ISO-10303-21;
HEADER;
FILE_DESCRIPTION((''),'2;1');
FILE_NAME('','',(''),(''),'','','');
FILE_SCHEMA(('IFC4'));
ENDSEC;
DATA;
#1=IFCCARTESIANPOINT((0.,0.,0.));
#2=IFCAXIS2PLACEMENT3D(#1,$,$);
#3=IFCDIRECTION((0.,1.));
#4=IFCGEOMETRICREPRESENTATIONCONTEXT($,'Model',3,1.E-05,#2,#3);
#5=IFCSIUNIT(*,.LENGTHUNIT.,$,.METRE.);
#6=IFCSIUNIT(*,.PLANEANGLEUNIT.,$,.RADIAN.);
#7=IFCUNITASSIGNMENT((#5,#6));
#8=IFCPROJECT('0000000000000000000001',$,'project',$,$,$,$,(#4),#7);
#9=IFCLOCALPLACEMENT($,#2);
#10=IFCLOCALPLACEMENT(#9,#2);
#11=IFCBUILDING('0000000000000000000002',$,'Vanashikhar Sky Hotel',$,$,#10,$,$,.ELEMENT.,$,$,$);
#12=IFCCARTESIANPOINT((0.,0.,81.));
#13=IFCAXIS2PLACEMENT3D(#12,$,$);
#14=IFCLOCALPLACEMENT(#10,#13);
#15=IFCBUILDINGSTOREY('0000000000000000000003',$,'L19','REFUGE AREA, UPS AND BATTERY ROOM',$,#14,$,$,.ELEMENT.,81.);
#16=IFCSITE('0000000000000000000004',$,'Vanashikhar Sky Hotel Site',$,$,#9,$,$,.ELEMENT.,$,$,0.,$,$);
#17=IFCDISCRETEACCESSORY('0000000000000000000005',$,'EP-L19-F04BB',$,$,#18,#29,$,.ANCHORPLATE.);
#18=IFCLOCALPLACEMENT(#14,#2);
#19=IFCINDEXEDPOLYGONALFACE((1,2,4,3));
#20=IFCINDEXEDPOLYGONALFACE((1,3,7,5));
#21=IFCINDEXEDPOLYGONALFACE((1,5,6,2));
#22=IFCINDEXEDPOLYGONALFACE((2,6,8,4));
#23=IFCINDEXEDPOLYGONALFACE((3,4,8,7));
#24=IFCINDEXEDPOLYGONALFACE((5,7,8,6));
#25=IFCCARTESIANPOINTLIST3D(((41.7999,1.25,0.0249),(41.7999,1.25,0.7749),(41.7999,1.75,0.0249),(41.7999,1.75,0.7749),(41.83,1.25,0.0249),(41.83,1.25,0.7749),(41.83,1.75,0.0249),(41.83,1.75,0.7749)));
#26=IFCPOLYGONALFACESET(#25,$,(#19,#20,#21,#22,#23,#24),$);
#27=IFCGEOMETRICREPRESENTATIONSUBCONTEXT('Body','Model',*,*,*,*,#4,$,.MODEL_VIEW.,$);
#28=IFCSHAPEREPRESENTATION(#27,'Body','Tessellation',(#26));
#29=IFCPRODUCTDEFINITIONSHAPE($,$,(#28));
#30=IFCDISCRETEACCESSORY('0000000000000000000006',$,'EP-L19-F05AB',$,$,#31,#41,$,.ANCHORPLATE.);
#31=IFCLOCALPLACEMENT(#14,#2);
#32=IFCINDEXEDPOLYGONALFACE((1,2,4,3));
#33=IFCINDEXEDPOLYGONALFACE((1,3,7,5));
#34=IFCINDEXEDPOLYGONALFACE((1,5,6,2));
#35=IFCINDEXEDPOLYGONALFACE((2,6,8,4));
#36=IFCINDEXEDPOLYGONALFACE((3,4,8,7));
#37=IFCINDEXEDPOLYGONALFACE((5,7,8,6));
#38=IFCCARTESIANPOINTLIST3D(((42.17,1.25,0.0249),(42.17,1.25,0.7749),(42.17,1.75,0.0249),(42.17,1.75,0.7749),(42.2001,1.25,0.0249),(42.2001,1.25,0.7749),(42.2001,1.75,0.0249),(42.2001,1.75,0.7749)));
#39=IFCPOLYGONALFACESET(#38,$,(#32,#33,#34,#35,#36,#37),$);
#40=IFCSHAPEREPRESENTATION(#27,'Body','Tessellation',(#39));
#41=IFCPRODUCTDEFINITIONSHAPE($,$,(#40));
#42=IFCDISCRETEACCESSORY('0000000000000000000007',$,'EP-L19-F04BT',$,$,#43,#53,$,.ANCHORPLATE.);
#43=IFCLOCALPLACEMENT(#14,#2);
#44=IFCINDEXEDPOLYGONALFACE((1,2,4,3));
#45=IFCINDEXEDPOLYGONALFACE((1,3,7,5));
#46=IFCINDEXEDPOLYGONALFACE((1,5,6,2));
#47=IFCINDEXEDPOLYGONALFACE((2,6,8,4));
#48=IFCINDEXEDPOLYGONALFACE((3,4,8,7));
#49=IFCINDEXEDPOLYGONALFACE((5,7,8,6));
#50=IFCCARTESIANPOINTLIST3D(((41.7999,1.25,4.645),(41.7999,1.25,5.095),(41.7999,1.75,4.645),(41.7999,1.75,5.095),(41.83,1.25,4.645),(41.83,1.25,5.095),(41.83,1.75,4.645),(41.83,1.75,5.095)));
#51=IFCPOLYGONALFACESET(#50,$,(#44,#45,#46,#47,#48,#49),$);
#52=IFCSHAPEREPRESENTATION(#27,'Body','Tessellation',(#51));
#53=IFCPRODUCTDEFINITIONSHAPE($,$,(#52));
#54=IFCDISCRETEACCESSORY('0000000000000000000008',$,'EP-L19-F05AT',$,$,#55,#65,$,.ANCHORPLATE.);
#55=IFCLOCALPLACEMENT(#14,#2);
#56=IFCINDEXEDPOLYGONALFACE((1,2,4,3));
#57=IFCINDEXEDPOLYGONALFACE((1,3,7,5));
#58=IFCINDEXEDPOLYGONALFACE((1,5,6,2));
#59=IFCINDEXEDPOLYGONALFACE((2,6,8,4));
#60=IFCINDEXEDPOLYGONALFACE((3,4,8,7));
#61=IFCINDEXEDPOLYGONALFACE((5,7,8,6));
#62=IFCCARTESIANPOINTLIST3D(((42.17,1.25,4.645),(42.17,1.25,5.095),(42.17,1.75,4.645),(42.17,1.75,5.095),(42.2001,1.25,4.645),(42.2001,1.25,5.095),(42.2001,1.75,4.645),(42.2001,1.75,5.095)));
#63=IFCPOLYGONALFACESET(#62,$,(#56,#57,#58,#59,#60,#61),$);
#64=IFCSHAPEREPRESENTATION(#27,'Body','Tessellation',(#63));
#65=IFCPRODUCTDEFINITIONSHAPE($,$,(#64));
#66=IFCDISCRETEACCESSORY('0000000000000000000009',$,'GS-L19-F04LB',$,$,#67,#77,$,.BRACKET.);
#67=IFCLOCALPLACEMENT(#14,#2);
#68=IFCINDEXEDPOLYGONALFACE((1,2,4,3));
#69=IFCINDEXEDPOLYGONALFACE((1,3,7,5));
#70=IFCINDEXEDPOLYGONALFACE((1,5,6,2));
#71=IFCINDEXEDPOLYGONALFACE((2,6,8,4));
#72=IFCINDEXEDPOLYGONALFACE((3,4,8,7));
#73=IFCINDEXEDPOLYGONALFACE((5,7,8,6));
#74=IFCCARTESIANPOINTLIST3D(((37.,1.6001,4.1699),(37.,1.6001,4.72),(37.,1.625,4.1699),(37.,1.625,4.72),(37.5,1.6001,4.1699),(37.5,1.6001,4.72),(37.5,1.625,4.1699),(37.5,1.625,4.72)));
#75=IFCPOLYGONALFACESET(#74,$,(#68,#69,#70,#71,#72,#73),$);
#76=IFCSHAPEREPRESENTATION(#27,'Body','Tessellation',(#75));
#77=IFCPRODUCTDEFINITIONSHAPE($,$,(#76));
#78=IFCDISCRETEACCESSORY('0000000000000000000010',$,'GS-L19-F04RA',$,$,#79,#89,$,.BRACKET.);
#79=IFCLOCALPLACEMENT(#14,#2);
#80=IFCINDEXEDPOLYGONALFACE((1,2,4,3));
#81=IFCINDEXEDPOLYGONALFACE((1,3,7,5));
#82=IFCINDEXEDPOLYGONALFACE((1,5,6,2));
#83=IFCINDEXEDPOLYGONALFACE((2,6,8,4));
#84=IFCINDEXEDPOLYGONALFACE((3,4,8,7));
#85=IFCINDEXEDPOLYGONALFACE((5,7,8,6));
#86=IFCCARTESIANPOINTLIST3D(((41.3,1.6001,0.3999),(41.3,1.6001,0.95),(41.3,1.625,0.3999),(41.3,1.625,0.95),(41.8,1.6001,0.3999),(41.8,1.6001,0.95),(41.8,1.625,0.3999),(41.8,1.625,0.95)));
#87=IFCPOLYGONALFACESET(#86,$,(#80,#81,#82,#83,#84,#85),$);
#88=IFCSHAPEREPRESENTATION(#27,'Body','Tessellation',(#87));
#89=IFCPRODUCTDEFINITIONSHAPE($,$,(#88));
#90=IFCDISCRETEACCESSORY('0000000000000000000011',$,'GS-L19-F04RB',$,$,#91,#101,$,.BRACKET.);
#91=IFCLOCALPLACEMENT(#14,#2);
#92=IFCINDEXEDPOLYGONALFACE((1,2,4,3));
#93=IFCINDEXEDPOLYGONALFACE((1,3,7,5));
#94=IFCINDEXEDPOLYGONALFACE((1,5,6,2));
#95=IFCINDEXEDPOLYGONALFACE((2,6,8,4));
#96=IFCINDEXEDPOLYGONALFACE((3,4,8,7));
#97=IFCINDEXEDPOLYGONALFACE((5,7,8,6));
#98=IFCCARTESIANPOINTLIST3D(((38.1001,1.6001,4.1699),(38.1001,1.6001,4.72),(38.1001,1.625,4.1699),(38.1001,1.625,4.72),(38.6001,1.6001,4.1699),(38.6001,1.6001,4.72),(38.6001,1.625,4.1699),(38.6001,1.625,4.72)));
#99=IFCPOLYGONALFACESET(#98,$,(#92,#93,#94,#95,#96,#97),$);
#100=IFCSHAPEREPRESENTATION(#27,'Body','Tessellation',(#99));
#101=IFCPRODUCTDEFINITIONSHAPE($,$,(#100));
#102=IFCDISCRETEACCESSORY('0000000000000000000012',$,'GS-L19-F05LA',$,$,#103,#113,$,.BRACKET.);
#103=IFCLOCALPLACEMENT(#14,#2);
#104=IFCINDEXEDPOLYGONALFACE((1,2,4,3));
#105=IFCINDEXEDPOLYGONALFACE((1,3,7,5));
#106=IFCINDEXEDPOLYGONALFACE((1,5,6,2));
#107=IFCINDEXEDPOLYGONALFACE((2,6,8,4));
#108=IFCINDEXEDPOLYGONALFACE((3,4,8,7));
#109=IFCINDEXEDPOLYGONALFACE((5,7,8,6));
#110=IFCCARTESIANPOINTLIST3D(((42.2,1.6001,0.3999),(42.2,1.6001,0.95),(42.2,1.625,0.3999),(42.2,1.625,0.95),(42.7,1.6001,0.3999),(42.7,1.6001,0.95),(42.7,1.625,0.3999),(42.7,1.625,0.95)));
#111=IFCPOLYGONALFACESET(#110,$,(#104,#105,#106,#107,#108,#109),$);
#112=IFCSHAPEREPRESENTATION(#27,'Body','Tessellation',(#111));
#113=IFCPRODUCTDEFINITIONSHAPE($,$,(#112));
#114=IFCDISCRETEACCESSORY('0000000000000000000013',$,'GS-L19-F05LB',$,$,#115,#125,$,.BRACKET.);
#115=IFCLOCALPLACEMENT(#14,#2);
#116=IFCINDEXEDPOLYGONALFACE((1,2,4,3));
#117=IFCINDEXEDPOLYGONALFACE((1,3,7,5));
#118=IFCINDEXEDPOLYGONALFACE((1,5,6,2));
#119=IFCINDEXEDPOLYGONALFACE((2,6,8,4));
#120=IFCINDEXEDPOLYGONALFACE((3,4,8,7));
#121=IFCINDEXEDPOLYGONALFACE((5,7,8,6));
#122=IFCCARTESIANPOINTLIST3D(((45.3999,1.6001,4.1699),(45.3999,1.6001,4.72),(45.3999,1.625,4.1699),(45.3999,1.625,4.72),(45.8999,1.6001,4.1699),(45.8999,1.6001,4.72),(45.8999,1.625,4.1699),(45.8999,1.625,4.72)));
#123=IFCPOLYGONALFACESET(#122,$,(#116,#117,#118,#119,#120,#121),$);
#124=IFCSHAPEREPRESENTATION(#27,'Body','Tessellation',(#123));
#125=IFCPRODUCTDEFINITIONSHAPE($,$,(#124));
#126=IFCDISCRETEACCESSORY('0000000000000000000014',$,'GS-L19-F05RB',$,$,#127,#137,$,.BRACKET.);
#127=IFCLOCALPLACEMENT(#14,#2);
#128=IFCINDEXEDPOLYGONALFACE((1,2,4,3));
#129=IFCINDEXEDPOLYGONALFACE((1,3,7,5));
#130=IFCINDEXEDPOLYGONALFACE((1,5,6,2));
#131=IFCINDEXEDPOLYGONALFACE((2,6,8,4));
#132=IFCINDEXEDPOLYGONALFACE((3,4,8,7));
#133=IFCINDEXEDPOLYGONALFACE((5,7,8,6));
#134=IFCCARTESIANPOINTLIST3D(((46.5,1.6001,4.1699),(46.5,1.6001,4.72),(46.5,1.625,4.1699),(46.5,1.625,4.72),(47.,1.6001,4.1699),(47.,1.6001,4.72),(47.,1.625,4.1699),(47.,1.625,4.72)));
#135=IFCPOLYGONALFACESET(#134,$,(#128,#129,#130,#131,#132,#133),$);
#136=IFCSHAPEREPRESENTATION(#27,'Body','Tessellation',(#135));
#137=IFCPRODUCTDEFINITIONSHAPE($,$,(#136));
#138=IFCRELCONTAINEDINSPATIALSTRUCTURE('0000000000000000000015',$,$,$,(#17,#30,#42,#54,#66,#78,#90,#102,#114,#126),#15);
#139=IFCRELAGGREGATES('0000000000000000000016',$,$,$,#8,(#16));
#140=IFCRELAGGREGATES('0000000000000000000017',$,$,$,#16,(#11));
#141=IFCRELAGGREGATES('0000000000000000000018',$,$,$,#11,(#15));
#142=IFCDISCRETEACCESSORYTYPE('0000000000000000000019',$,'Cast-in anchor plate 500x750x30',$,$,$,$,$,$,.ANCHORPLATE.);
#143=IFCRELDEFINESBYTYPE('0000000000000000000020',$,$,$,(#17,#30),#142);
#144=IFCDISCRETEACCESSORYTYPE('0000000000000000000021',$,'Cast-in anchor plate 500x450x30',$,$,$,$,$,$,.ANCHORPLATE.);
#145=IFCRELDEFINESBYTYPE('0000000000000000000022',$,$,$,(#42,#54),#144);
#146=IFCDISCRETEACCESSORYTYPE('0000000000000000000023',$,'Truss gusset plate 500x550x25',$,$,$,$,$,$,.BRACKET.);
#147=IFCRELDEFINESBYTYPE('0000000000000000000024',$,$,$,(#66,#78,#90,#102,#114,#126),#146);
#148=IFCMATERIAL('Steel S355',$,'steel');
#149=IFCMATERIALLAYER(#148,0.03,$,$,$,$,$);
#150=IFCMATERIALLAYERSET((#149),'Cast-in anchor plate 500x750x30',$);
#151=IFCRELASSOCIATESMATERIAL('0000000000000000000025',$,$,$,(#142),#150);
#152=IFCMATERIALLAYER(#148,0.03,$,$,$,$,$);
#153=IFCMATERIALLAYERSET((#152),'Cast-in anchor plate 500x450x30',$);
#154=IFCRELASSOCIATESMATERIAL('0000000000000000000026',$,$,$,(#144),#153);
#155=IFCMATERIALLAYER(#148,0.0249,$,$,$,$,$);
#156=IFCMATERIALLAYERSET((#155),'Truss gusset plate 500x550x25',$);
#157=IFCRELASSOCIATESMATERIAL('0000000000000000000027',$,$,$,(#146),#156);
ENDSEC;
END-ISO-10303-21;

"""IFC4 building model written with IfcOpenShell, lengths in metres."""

from ifc_helpers import new_model, si_unit, direction, frame, origin, origin_2d, place, context, subcontext, project, spatial, rectangle, extrude, source, transform, mapped, material, layer, layer_set, type_object, element, save


model = new_model("IFC4")

# Units and contexts
model_context = context("Model", 3, precision=1e-05, world=origin(), true_north=direction((0.0, 1.0)))
body_context = subcontext(model_context, "Body", "Model", "MODEL_VIEW")
ifc_project = project(units=[si_unit("LENGTHUNIT", "METRE"), si_unit("PLANEANGLEUNIT", "RADIAN")], contexts=[model_context])

# Site, building, storey
site_placement = place(None, origin())
site = spatial("IfcSite", under=ifc_project, at=site_placement, Name="Vanashikhar Sky Hotel Site", CompositionType="ELEMENT", RefElevation=0.0)
building_placement = place(site_placement, origin())
building = spatial("IfcBuilding", under=site, at=building_placement, Name="Vanashikhar Sky Hotel", CompositionType="ELEMENT")
storey_placement = place(building_placement, frame((0.0, 0.0, 81.0)))
storey = spatial("IfcBuildingStorey", under=building, at=storey_placement, Name="L19", Description="REFUGE AREA, UPS AND BATTERY ROOM", CompositionType="ELEMENT", Elevation=81.0)

# Shared definitions
ifc_material_1 = material(Name="Steel S355", Category="steel")

# Discrete accessories
ifc_layer_1 = layer(ifc_material_1, 0.03)
ifc_layer_set_1 = layer_set([ifc_layer_1], Name="Cast-in anchor plate 500x750x30")
discrete_accessory_type_1 = type_object("IfcDiscreteAccessoryType", Name="Cast-in anchor plate 500x750x30", PredefinedType="ANCHORPLATE", material=ifc_layer_set_1)
shared_shape_1 = source(origin(), body_context, "Body", "SweptSolid", [
    extrude(rectangle(XDim=0.03, YDim=0.5, at=origin_2d()), origin(), (0.0, 0.0, 1.0), 0.75),
])
for number, where, z_axis, x_axis, name in (
    (1, (41.8149, 1.5, 0.0249), (0.0, 0.0, 1.0), (1.0, 0.0, 0.0), "EP-L19-F04BB"),
    (2, (42.1851, 1.5, 0.0249), (0.0, 0.0, 1.0), (1.0, 0.0, 0.0), "EP-L19-F05AB"),
):
    element("IfcDiscreteAccessory", number, at=place(storey_placement, frame(where, z_axis=z_axis, x_axis=x_axis)), inside=storey, type_object=discrete_accessory_type_1, Name=name, PredefinedType="ANCHORPLATE", context=body_context, shape_type="MappedRepresentation", body=[
        mapped(shared_shape_1, transform((0.0, 0.0, 0.0), scale=1.0)),
    ])
ifc_layer_2 = layer(ifc_material_1, 0.03)
ifc_layer_set_2 = layer_set([ifc_layer_2], Name="Cast-in anchor plate 500x450x30")
discrete_accessory_type_2 = type_object("IfcDiscreteAccessoryType", Name="Cast-in anchor plate 500x450x30", PredefinedType="ANCHORPLATE", material=ifc_layer_set_2)
shared_shape_2 = source(origin(), body_context, "Body", "SweptSolid", [
    extrude(rectangle(XDim=0.03, YDim=0.5, at=origin_2d()), origin(), (0.0, 0.0, 1.0), 0.45),
])
for number, where, z_axis, x_axis, name in (
    (3, (41.8149, 1.5, 4.645), (0.0, 0.0, 1.0), (1.0, 0.0, 0.0), "EP-L19-F04BT"),
    (4, (42.1851, 1.5, 4.645), (0.0, 0.0, 1.0), (1.0, 0.0, 0.0), "EP-L19-F05AT"),
):
    element("IfcDiscreteAccessory", number, at=place(storey_placement, frame(where, z_axis=z_axis, x_axis=x_axis)), inside=storey, type_object=discrete_accessory_type_2, Name=name, PredefinedType="ANCHORPLATE", context=body_context, shape_type="MappedRepresentation", body=[
        mapped(shared_shape_2, transform((0.0, 0.0, 0.0), scale=1.0)),
    ])
ifc_layer_3 = layer(ifc_material_1, 0.0249)
ifc_layer_set_3 = layer_set([ifc_layer_3], Name="Truss gusset plate 500x550x25")
discrete_accessory_type_3 = type_object("IfcDiscreteAccessoryType", Name="Truss gusset plate 500x550x25", PredefinedType="BRACKET", material=ifc_layer_set_3)
shared_shape_3 = source(origin(), body_context, "Body", "SweptSolid", [
    extrude(rectangle(XDim=0.5, YDim=0.0249, at=origin_2d()), origin(), (0.0, 0.0, 1.0), 0.55),
])
for number, where, z_axis, x_axis, name in (
    (5, (37.25, 1.6125, 4.1699), (0.0, 0.0, 1.0), (1.0, 0.0, 0.0), "GS-L19-F04LB"),
    (6, (41.55, 1.6125, 0.3999), (0.0, 0.0, 1.0), (1.0, 0.0, 0.0), "GS-L19-F04RA"),
    (7, (38.3501, 1.6125, 4.1699), (0.0, 0.0, 1.0), (1.0, 0.0, 0.0), "GS-L19-F04RB"),
    (8, (42.45, 1.6125, 0.3999), (0.0, 0.0, 1.0), (1.0, 0.0, 0.0), "GS-L19-F05LA"),
    (9, (45.6499, 1.6125, 4.1699), (0.0, 0.0, 1.0), (1.0, 0.0, 0.0), "GS-L19-F05LB"),
    (10, (46.75, 1.6125, 4.1699), (0.0, 0.0, 1.0), (1.0, 0.0, 0.0), "GS-L19-F05RB"),
):
    element("IfcDiscreteAccessory", number, at=place(storey_placement, frame(where, z_axis=z_axis, x_axis=x_axis)), inside=storey, type_object=discrete_accessory_type_3, Name=name, PredefinedType="BRACKET", context=body_context, shape_type="MappedRepresentation", body=[
        mapped(shared_shape_3, transform((0.0, 0.0, 0.0), scale=1.0)),
    ])

save(model, "model.ifc")
